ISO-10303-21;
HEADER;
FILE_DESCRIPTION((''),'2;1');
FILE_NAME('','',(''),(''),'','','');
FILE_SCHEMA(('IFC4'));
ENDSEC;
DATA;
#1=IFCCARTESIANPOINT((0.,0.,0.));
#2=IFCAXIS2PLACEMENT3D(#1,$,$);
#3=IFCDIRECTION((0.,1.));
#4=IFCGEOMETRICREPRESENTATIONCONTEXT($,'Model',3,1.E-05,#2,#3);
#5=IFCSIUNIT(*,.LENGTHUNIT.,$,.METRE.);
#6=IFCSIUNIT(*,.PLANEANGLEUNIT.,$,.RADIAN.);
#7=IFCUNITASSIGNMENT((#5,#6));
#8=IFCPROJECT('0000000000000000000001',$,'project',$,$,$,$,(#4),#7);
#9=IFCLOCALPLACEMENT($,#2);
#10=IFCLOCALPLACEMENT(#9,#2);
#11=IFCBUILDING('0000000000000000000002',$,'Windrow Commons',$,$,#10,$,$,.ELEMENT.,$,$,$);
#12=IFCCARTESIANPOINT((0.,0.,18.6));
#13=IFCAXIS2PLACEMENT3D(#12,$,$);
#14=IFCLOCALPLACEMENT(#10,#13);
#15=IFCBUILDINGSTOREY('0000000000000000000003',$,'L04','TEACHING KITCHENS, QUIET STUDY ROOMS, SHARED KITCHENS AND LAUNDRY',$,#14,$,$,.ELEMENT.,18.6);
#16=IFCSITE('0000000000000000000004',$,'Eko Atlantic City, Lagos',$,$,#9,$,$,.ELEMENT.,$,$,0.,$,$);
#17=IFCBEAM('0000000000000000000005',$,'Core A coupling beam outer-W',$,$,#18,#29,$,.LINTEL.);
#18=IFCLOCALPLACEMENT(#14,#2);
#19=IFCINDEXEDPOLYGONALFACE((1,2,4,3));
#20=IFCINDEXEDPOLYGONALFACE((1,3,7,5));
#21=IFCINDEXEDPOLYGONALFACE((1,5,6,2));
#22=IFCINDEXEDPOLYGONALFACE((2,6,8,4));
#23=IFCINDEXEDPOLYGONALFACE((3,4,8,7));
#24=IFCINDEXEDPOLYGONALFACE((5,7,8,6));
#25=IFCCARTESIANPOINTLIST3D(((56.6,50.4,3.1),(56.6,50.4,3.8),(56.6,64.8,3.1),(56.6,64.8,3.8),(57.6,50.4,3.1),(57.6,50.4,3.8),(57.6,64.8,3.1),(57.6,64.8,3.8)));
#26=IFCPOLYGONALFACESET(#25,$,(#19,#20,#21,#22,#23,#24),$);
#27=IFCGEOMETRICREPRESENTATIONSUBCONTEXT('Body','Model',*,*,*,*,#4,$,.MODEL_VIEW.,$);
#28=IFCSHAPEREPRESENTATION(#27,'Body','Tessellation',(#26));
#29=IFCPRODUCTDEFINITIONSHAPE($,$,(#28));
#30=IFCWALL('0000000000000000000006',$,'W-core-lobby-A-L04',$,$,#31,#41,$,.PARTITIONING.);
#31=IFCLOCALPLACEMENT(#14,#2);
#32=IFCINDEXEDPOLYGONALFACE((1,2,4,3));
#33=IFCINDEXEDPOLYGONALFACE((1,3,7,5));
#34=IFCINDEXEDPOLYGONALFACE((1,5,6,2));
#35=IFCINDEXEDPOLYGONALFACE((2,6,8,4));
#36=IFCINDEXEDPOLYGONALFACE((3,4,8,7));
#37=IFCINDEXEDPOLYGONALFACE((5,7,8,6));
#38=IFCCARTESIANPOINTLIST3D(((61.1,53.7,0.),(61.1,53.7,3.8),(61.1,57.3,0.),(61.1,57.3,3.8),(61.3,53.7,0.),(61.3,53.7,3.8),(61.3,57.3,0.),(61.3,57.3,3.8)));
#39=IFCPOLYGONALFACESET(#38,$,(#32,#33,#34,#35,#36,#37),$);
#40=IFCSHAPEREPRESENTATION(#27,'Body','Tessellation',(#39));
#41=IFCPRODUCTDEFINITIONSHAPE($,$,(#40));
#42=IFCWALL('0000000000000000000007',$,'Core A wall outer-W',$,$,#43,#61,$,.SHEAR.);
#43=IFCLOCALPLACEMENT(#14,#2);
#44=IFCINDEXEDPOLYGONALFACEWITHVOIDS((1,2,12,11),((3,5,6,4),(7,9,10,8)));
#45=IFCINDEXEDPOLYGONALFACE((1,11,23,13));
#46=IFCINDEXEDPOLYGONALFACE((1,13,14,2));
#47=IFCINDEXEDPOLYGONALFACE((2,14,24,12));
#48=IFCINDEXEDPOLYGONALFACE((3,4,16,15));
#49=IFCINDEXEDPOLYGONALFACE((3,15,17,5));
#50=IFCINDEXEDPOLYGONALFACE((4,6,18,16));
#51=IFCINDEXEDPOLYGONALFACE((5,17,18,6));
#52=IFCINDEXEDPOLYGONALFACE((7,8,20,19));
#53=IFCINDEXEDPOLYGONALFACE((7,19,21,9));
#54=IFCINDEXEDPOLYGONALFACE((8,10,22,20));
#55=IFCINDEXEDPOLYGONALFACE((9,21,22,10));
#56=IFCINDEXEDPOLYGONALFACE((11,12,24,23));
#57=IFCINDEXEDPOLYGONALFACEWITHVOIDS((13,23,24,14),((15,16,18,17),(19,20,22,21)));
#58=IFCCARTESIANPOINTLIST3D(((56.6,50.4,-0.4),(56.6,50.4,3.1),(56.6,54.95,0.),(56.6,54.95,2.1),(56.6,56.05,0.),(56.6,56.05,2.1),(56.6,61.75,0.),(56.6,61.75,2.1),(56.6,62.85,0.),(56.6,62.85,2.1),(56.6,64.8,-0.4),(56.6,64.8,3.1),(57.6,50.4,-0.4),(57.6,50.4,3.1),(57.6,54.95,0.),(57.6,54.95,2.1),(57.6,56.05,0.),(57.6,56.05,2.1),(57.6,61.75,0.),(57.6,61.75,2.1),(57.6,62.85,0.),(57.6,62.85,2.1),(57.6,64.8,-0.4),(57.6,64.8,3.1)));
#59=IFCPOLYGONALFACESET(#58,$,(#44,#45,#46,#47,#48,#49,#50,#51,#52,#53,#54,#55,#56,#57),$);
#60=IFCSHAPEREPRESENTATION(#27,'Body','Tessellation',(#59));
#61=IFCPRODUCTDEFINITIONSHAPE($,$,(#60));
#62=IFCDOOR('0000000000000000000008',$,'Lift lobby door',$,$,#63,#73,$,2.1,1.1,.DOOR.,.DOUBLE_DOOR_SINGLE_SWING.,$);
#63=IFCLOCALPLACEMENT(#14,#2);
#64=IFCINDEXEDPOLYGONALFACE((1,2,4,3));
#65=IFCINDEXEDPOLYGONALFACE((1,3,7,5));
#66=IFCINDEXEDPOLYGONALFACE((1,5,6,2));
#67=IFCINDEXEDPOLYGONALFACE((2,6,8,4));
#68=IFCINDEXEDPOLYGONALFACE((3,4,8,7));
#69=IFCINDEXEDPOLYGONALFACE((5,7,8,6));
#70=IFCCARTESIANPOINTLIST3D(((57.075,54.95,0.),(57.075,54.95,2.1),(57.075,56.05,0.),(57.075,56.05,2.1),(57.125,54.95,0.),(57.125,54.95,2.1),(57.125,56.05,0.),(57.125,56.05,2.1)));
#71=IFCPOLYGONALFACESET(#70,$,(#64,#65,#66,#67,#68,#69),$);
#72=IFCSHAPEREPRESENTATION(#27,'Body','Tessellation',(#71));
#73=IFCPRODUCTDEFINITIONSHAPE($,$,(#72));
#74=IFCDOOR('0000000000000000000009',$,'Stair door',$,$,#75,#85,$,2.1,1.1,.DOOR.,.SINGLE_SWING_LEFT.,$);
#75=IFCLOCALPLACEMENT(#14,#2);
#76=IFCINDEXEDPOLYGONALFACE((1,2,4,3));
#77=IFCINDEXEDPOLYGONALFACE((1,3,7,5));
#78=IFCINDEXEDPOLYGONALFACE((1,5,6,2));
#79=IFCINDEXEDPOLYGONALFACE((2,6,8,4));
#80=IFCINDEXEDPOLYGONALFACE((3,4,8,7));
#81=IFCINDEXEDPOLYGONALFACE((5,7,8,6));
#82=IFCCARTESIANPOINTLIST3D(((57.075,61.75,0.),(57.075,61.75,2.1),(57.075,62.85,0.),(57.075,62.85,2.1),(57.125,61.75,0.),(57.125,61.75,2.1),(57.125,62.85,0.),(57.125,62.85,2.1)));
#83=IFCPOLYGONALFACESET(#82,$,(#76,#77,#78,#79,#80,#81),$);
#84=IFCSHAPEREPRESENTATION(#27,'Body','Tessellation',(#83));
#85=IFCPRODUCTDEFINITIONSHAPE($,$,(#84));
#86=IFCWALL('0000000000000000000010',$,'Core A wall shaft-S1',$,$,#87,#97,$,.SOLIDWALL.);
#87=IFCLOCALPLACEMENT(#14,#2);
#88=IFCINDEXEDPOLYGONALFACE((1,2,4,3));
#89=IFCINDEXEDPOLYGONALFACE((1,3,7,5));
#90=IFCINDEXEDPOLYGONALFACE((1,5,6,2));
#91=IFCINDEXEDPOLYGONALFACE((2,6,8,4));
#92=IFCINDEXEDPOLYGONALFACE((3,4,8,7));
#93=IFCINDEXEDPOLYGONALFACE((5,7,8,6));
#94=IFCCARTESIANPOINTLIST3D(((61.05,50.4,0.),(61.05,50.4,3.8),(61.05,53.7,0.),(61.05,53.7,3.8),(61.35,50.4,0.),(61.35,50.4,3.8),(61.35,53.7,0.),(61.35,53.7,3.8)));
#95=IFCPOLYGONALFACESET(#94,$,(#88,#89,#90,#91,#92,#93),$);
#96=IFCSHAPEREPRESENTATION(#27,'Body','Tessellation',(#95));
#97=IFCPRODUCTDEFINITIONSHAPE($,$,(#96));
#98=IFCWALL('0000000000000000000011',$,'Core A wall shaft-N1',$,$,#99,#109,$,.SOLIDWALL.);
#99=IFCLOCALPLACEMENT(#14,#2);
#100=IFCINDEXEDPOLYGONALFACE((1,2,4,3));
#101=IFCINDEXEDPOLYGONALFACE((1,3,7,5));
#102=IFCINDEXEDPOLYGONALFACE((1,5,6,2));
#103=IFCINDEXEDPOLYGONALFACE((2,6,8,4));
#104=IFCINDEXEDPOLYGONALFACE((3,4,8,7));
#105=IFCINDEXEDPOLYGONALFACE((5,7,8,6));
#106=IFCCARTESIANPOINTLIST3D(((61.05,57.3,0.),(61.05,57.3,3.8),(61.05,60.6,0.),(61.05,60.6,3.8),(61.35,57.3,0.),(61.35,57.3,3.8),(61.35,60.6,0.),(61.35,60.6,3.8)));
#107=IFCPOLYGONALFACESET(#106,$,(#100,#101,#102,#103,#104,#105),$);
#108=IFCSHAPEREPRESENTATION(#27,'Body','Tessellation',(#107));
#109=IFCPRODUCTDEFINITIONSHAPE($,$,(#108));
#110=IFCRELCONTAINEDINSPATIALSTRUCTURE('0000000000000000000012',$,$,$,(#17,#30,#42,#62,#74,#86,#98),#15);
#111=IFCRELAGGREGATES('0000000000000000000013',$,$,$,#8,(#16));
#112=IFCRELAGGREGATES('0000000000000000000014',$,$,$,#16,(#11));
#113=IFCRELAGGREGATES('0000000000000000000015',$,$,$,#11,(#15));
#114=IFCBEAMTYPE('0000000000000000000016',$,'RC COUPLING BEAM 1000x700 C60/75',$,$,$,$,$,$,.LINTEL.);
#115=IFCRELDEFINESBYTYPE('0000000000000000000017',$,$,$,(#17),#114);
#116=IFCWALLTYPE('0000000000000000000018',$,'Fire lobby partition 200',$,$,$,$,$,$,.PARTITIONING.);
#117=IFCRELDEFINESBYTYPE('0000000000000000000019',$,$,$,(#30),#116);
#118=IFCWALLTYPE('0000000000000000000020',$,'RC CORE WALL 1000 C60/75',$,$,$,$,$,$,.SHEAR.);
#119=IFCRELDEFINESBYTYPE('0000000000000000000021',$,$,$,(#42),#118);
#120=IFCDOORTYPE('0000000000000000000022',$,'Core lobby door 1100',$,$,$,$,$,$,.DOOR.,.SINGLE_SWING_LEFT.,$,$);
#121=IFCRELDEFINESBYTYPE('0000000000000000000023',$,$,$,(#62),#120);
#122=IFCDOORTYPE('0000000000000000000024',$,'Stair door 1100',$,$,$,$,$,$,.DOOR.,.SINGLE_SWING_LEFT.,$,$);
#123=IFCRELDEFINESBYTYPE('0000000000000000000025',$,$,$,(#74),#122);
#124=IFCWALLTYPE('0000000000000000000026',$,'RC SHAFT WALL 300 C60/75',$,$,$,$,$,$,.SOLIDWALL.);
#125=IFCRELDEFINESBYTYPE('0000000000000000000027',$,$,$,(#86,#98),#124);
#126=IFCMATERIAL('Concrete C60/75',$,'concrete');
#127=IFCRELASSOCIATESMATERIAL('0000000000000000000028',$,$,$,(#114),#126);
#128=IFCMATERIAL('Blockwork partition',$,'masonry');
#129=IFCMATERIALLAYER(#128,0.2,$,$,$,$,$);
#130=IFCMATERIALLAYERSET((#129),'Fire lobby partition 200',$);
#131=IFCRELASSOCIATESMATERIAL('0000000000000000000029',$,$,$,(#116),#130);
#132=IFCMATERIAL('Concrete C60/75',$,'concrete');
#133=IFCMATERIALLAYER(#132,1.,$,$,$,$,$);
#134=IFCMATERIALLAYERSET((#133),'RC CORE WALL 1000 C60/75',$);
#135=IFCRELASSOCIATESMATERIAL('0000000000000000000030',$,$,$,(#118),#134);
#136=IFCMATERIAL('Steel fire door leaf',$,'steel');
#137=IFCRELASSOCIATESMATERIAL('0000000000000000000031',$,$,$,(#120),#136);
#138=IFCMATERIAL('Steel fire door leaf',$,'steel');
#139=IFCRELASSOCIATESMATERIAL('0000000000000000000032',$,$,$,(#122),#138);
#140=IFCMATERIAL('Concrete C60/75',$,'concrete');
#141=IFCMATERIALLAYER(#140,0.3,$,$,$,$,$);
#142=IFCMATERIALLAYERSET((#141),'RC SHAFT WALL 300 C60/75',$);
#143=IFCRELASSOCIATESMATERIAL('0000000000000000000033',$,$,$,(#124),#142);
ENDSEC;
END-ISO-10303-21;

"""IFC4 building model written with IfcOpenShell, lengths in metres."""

from ifc_helpers import new_model, si_unit, direction, frame, frame_2d, origin, origin_2d, place, context, subcontext, project, spatial, rectangle, extrude, material, layer, layer_set, material_profile, profile_set, type_object, element, fill, save


model = new_model("IFC4")

# Units and contexts
model_context = context("Model", 3, precision=1e-05, world=origin(), true_north=direction((0.0, 1.0)))
body_context = subcontext(model_context, "Body", "Model", "MODEL_VIEW")
ifc_project = project(units=[si_unit("LENGTHUNIT", "METRE"), si_unit("PLANEANGLEUNIT", "RADIAN")], contexts=[model_context])

# Site, building, storey
site_placement = place(None, origin())
site = spatial("IfcSite", under=ifc_project, at=site_placement, Name="Eko Atlantic City, Lagos", CompositionType="ELEMENT", RefElevation=0.0)
building_placement = place(site_placement, origin())
building = spatial("IfcBuilding", under=site, at=building_placement, Name="Windrow Commons", CompositionType="ELEMENT")
storey_placement = place(building_placement, frame((0.0, 0.0, 18.6)))
storey = spatial("IfcBuildingStorey", under=building, at=storey_placement, Name="L04", Description="TEACHING KITCHENS, QUIET STUDY ROOMS, SHARED KITCHENS AND LAUNDRY", CompositionType="ELEMENT", Elevation=18.6)

# Beam
ifc_material_1 = material(Name="Concrete C60/75", Category="concrete")
ifc_material_profile = material_profile(ifc_material_1, rectangle(XDim=1.0, YDim=0.7, at=origin_2d()))
ifc_profile_set = profile_set([ifc_material_profile], Name="Concrete C60/75")
beam_type = type_object("IfcBeamType", Name="RC COUPLING BEAM 1000x700 C60/75", PredefinedType="LINTEL", material=ifc_profile_set)
beam_placement = place(storey_placement, frame((57.1, 50.4, 3.45), z_axis=(0.0, 1.0, 0.0), x_axis=(-1.0, 0.0, 0.0)))
element("IfcBeam", 1, at=beam_placement, inside=storey, type_object=beam_type, Name="Core A coupling beam outer-W", PredefinedType="LINTEL", context=body_context, shape_type="SweptSolid", body=[
    extrude(rectangle(XDim=1.0, YDim=0.7, at=origin_2d()), origin(), (0.0, 0.0, 1.0), 14.4),
])

# Wall
ifc_material_2 = material(Name="Blockwork partition", Category="masonry")
ifc_layer_1 = layer(ifc_material_2, 0.2)
ifc_layer_set_1 = layer_set([ifc_layer_1], Name="Fire lobby partition 200")
wall_type_1 = type_object("IfcWallType", Name="Fire lobby partition 200", PredefinedType="PARTITIONING", material=ifc_layer_set_1)
wall_1_placement = place(storey_placement, frame((61.2, 53.7, 0.0), z_axis=(0.0, 0.0, 1.0), x_axis=(0.0, 1.0, 0.0)))
element("IfcWall", 2, at=wall_1_placement, inside=storey, type_object=wall_type_1, Name="W-core-lobby-A-L04", PredefinedType="PARTITIONING", context=body_context, shape_type="SweptSolid", body=[
    extrude(rectangle(XDim=3.6, YDim=0.2, at=frame_2d((1.8, 0.0))), origin(), (0.0, 0.0, 1.0), 3.8),
])

# Wall, openings, doors
ifc_material_3 = material(Name="Concrete C60/75", Category="concrete")
ifc_layer_2 = layer(ifc_material_3, 1.0)
ifc_layer_set_2 = layer_set([ifc_layer_2], Name="RC CORE WALL 1000 C60/75")
wall_type_2 = type_object("IfcWallType", Name="RC CORE WALL 1000 C60/75", PredefinedType="SHEAR", material=ifc_layer_set_2)
wall_2_placement = place(storey_placement, frame((57.1, 50.4, -0.4), z_axis=(0.0, 0.0, 1.0), x_axis=(0.0, 1.0, 0.0)))
wall_2 = element("IfcWall", 3, at=wall_2_placement, inside=storey, type_object=wall_type_2, Name="Core A wall outer-W", PredefinedType="SHEAR", context=body_context, shape_type="SweptSolid", body=[
    extrude(rectangle(XDim=14.4, YDim=1.0, at=frame_2d((7.2, 0.0))), origin(), (0.0, 0.0, 1.0), 3.5),
])
opening_1_placement = place(wall_2_placement, frame((4.55, 0.0, 0.4)))
opening_1 = element("IfcOpeningElement", 4, at=opening_1_placement, cuts=wall_2, PredefinedType="OPENING", context=body_context, shape_type="SweptSolid", body=[
    extrude(rectangle(XDim=1.1, YDim=2.1, at=frame_2d((0.55, 1.05))), frame((0.0, 0.51, 0.0), z_axis=(0.0, -1.0, 0.0), x_axis=(1.0, 0.0, 0.0)), (0.0, 0.0, 1.0), 1.02),
])
opening_2_placement = place(wall_2_placement, frame((11.35, 0.0, 0.4)))
opening_2 = element("IfcOpeningElement", 5, at=opening_2_placement, cuts=wall_2, PredefinedType="OPENING", context=body_context, shape_type="SweptSolid", body=[
    extrude(rectangle(XDim=1.1, YDim=2.1, at=frame_2d((0.55, 1.05))), frame((0.0, 0.51, 0.0), z_axis=(0.0, -1.0, 0.0), x_axis=(1.0, 0.0, 0.0)), (0.0, 0.0, 1.0), 1.02),
])
ifc_material_4 = material(Name="Steel fire door leaf", Category="steel")
door_type_1 = type_object("IfcDoorType", Name="Core lobby door 1100", OperationType="SINGLE_SWING_LEFT", PredefinedType="DOOR", material=ifc_material_4)
door_1_placement = place(opening_1_placement, origin())
door_1 = element("IfcDoor", 6, at=door_1_placement, inside=storey, type_object=door_type_1, Name="Lift lobby door", OperationType="DOUBLE_DOOR_SINGLE_SWING", OverallHeight=2.1, OverallWidth=1.1, PredefinedType="DOOR", context=body_context, shape_type="SweptSolid", body=[
    extrude(rectangle(XDim=1.1, YDim=2.1, at=frame_2d((0.55, 1.05))), frame((0.0, 0.025, 0.0), z_axis=(0.0, -1.0, 0.0), x_axis=(1.0, 0.0, 0.0)), (0.0, 0.0, 1.0), 0.05),
])
fill(opening_1, door_1)
ifc_material_5 = material(Name="Steel fire door leaf", Category="steel")
door_type_2 = type_object("IfcDoorType", Name="Stair door 1100", OperationType="SINGLE_SWING_LEFT", PredefinedType="DOOR", material=ifc_material_5)
door_2_placement = place(opening_2_placement, origin())
door_2 = element("IfcDoor", 7, at=door_2_placement, inside=storey, type_object=door_type_2, Name="Stair door", OperationType="SINGLE_SWING_LEFT", OverallHeight=2.1, OverallWidth=1.1, PredefinedType="DOOR", context=body_context, shape_type="SweptSolid", body=[
    extrude(rectangle(XDim=1.1, YDim=2.1, at=frame_2d((0.55, 1.05))), frame((0.0, 0.025, 0.0), z_axis=(0.0, -1.0, 0.0), x_axis=(1.0, 0.0, 0.0)), (0.0, 0.0, 1.0), 0.05),
])
fill(opening_2, door_2)

# Walls
ifc_material_6 = material(Name="Concrete C60/75", Category="concrete")
ifc_layer_3 = layer(ifc_material_6, 0.3)
ifc_layer_set_3 = layer_set([ifc_layer_3], Name="RC SHAFT WALL 300 C60/75")
wall_type_3 = type_object("IfcWallType", Name="RC SHAFT WALL 300 C60/75", PredefinedType="SOLIDWALL", material=ifc_layer_set_3)
for number, where, z_axis, x_axis, name in (
    (8, (61.2, 50.4, 0.0), (0.0, 0.0, 1.0), (0.0, 1.0, 0.0), "Core A wall shaft-S1"),
    (9, (61.2, 57.3, 0.0), (0.0, 0.0, 1.0), (0.0, 1.0, 0.0), "Core A wall shaft-N1"),
):
    element("IfcWall", number, at=place(storey_placement, frame(where, z_axis=z_axis, x_axis=x_axis)), inside=storey, type_object=wall_type_3, Name=name, PredefinedType="SOLIDWALL", context=body_context, shape_type="SweptSolid", body=[
        extrude(rectangle(XDim=3.3, YDim=0.3, at=frame_2d((1.65, 0.0))), origin(), (0.0, 0.0, 1.0), 3.8),
    ])

save(model, "model.ifc")
